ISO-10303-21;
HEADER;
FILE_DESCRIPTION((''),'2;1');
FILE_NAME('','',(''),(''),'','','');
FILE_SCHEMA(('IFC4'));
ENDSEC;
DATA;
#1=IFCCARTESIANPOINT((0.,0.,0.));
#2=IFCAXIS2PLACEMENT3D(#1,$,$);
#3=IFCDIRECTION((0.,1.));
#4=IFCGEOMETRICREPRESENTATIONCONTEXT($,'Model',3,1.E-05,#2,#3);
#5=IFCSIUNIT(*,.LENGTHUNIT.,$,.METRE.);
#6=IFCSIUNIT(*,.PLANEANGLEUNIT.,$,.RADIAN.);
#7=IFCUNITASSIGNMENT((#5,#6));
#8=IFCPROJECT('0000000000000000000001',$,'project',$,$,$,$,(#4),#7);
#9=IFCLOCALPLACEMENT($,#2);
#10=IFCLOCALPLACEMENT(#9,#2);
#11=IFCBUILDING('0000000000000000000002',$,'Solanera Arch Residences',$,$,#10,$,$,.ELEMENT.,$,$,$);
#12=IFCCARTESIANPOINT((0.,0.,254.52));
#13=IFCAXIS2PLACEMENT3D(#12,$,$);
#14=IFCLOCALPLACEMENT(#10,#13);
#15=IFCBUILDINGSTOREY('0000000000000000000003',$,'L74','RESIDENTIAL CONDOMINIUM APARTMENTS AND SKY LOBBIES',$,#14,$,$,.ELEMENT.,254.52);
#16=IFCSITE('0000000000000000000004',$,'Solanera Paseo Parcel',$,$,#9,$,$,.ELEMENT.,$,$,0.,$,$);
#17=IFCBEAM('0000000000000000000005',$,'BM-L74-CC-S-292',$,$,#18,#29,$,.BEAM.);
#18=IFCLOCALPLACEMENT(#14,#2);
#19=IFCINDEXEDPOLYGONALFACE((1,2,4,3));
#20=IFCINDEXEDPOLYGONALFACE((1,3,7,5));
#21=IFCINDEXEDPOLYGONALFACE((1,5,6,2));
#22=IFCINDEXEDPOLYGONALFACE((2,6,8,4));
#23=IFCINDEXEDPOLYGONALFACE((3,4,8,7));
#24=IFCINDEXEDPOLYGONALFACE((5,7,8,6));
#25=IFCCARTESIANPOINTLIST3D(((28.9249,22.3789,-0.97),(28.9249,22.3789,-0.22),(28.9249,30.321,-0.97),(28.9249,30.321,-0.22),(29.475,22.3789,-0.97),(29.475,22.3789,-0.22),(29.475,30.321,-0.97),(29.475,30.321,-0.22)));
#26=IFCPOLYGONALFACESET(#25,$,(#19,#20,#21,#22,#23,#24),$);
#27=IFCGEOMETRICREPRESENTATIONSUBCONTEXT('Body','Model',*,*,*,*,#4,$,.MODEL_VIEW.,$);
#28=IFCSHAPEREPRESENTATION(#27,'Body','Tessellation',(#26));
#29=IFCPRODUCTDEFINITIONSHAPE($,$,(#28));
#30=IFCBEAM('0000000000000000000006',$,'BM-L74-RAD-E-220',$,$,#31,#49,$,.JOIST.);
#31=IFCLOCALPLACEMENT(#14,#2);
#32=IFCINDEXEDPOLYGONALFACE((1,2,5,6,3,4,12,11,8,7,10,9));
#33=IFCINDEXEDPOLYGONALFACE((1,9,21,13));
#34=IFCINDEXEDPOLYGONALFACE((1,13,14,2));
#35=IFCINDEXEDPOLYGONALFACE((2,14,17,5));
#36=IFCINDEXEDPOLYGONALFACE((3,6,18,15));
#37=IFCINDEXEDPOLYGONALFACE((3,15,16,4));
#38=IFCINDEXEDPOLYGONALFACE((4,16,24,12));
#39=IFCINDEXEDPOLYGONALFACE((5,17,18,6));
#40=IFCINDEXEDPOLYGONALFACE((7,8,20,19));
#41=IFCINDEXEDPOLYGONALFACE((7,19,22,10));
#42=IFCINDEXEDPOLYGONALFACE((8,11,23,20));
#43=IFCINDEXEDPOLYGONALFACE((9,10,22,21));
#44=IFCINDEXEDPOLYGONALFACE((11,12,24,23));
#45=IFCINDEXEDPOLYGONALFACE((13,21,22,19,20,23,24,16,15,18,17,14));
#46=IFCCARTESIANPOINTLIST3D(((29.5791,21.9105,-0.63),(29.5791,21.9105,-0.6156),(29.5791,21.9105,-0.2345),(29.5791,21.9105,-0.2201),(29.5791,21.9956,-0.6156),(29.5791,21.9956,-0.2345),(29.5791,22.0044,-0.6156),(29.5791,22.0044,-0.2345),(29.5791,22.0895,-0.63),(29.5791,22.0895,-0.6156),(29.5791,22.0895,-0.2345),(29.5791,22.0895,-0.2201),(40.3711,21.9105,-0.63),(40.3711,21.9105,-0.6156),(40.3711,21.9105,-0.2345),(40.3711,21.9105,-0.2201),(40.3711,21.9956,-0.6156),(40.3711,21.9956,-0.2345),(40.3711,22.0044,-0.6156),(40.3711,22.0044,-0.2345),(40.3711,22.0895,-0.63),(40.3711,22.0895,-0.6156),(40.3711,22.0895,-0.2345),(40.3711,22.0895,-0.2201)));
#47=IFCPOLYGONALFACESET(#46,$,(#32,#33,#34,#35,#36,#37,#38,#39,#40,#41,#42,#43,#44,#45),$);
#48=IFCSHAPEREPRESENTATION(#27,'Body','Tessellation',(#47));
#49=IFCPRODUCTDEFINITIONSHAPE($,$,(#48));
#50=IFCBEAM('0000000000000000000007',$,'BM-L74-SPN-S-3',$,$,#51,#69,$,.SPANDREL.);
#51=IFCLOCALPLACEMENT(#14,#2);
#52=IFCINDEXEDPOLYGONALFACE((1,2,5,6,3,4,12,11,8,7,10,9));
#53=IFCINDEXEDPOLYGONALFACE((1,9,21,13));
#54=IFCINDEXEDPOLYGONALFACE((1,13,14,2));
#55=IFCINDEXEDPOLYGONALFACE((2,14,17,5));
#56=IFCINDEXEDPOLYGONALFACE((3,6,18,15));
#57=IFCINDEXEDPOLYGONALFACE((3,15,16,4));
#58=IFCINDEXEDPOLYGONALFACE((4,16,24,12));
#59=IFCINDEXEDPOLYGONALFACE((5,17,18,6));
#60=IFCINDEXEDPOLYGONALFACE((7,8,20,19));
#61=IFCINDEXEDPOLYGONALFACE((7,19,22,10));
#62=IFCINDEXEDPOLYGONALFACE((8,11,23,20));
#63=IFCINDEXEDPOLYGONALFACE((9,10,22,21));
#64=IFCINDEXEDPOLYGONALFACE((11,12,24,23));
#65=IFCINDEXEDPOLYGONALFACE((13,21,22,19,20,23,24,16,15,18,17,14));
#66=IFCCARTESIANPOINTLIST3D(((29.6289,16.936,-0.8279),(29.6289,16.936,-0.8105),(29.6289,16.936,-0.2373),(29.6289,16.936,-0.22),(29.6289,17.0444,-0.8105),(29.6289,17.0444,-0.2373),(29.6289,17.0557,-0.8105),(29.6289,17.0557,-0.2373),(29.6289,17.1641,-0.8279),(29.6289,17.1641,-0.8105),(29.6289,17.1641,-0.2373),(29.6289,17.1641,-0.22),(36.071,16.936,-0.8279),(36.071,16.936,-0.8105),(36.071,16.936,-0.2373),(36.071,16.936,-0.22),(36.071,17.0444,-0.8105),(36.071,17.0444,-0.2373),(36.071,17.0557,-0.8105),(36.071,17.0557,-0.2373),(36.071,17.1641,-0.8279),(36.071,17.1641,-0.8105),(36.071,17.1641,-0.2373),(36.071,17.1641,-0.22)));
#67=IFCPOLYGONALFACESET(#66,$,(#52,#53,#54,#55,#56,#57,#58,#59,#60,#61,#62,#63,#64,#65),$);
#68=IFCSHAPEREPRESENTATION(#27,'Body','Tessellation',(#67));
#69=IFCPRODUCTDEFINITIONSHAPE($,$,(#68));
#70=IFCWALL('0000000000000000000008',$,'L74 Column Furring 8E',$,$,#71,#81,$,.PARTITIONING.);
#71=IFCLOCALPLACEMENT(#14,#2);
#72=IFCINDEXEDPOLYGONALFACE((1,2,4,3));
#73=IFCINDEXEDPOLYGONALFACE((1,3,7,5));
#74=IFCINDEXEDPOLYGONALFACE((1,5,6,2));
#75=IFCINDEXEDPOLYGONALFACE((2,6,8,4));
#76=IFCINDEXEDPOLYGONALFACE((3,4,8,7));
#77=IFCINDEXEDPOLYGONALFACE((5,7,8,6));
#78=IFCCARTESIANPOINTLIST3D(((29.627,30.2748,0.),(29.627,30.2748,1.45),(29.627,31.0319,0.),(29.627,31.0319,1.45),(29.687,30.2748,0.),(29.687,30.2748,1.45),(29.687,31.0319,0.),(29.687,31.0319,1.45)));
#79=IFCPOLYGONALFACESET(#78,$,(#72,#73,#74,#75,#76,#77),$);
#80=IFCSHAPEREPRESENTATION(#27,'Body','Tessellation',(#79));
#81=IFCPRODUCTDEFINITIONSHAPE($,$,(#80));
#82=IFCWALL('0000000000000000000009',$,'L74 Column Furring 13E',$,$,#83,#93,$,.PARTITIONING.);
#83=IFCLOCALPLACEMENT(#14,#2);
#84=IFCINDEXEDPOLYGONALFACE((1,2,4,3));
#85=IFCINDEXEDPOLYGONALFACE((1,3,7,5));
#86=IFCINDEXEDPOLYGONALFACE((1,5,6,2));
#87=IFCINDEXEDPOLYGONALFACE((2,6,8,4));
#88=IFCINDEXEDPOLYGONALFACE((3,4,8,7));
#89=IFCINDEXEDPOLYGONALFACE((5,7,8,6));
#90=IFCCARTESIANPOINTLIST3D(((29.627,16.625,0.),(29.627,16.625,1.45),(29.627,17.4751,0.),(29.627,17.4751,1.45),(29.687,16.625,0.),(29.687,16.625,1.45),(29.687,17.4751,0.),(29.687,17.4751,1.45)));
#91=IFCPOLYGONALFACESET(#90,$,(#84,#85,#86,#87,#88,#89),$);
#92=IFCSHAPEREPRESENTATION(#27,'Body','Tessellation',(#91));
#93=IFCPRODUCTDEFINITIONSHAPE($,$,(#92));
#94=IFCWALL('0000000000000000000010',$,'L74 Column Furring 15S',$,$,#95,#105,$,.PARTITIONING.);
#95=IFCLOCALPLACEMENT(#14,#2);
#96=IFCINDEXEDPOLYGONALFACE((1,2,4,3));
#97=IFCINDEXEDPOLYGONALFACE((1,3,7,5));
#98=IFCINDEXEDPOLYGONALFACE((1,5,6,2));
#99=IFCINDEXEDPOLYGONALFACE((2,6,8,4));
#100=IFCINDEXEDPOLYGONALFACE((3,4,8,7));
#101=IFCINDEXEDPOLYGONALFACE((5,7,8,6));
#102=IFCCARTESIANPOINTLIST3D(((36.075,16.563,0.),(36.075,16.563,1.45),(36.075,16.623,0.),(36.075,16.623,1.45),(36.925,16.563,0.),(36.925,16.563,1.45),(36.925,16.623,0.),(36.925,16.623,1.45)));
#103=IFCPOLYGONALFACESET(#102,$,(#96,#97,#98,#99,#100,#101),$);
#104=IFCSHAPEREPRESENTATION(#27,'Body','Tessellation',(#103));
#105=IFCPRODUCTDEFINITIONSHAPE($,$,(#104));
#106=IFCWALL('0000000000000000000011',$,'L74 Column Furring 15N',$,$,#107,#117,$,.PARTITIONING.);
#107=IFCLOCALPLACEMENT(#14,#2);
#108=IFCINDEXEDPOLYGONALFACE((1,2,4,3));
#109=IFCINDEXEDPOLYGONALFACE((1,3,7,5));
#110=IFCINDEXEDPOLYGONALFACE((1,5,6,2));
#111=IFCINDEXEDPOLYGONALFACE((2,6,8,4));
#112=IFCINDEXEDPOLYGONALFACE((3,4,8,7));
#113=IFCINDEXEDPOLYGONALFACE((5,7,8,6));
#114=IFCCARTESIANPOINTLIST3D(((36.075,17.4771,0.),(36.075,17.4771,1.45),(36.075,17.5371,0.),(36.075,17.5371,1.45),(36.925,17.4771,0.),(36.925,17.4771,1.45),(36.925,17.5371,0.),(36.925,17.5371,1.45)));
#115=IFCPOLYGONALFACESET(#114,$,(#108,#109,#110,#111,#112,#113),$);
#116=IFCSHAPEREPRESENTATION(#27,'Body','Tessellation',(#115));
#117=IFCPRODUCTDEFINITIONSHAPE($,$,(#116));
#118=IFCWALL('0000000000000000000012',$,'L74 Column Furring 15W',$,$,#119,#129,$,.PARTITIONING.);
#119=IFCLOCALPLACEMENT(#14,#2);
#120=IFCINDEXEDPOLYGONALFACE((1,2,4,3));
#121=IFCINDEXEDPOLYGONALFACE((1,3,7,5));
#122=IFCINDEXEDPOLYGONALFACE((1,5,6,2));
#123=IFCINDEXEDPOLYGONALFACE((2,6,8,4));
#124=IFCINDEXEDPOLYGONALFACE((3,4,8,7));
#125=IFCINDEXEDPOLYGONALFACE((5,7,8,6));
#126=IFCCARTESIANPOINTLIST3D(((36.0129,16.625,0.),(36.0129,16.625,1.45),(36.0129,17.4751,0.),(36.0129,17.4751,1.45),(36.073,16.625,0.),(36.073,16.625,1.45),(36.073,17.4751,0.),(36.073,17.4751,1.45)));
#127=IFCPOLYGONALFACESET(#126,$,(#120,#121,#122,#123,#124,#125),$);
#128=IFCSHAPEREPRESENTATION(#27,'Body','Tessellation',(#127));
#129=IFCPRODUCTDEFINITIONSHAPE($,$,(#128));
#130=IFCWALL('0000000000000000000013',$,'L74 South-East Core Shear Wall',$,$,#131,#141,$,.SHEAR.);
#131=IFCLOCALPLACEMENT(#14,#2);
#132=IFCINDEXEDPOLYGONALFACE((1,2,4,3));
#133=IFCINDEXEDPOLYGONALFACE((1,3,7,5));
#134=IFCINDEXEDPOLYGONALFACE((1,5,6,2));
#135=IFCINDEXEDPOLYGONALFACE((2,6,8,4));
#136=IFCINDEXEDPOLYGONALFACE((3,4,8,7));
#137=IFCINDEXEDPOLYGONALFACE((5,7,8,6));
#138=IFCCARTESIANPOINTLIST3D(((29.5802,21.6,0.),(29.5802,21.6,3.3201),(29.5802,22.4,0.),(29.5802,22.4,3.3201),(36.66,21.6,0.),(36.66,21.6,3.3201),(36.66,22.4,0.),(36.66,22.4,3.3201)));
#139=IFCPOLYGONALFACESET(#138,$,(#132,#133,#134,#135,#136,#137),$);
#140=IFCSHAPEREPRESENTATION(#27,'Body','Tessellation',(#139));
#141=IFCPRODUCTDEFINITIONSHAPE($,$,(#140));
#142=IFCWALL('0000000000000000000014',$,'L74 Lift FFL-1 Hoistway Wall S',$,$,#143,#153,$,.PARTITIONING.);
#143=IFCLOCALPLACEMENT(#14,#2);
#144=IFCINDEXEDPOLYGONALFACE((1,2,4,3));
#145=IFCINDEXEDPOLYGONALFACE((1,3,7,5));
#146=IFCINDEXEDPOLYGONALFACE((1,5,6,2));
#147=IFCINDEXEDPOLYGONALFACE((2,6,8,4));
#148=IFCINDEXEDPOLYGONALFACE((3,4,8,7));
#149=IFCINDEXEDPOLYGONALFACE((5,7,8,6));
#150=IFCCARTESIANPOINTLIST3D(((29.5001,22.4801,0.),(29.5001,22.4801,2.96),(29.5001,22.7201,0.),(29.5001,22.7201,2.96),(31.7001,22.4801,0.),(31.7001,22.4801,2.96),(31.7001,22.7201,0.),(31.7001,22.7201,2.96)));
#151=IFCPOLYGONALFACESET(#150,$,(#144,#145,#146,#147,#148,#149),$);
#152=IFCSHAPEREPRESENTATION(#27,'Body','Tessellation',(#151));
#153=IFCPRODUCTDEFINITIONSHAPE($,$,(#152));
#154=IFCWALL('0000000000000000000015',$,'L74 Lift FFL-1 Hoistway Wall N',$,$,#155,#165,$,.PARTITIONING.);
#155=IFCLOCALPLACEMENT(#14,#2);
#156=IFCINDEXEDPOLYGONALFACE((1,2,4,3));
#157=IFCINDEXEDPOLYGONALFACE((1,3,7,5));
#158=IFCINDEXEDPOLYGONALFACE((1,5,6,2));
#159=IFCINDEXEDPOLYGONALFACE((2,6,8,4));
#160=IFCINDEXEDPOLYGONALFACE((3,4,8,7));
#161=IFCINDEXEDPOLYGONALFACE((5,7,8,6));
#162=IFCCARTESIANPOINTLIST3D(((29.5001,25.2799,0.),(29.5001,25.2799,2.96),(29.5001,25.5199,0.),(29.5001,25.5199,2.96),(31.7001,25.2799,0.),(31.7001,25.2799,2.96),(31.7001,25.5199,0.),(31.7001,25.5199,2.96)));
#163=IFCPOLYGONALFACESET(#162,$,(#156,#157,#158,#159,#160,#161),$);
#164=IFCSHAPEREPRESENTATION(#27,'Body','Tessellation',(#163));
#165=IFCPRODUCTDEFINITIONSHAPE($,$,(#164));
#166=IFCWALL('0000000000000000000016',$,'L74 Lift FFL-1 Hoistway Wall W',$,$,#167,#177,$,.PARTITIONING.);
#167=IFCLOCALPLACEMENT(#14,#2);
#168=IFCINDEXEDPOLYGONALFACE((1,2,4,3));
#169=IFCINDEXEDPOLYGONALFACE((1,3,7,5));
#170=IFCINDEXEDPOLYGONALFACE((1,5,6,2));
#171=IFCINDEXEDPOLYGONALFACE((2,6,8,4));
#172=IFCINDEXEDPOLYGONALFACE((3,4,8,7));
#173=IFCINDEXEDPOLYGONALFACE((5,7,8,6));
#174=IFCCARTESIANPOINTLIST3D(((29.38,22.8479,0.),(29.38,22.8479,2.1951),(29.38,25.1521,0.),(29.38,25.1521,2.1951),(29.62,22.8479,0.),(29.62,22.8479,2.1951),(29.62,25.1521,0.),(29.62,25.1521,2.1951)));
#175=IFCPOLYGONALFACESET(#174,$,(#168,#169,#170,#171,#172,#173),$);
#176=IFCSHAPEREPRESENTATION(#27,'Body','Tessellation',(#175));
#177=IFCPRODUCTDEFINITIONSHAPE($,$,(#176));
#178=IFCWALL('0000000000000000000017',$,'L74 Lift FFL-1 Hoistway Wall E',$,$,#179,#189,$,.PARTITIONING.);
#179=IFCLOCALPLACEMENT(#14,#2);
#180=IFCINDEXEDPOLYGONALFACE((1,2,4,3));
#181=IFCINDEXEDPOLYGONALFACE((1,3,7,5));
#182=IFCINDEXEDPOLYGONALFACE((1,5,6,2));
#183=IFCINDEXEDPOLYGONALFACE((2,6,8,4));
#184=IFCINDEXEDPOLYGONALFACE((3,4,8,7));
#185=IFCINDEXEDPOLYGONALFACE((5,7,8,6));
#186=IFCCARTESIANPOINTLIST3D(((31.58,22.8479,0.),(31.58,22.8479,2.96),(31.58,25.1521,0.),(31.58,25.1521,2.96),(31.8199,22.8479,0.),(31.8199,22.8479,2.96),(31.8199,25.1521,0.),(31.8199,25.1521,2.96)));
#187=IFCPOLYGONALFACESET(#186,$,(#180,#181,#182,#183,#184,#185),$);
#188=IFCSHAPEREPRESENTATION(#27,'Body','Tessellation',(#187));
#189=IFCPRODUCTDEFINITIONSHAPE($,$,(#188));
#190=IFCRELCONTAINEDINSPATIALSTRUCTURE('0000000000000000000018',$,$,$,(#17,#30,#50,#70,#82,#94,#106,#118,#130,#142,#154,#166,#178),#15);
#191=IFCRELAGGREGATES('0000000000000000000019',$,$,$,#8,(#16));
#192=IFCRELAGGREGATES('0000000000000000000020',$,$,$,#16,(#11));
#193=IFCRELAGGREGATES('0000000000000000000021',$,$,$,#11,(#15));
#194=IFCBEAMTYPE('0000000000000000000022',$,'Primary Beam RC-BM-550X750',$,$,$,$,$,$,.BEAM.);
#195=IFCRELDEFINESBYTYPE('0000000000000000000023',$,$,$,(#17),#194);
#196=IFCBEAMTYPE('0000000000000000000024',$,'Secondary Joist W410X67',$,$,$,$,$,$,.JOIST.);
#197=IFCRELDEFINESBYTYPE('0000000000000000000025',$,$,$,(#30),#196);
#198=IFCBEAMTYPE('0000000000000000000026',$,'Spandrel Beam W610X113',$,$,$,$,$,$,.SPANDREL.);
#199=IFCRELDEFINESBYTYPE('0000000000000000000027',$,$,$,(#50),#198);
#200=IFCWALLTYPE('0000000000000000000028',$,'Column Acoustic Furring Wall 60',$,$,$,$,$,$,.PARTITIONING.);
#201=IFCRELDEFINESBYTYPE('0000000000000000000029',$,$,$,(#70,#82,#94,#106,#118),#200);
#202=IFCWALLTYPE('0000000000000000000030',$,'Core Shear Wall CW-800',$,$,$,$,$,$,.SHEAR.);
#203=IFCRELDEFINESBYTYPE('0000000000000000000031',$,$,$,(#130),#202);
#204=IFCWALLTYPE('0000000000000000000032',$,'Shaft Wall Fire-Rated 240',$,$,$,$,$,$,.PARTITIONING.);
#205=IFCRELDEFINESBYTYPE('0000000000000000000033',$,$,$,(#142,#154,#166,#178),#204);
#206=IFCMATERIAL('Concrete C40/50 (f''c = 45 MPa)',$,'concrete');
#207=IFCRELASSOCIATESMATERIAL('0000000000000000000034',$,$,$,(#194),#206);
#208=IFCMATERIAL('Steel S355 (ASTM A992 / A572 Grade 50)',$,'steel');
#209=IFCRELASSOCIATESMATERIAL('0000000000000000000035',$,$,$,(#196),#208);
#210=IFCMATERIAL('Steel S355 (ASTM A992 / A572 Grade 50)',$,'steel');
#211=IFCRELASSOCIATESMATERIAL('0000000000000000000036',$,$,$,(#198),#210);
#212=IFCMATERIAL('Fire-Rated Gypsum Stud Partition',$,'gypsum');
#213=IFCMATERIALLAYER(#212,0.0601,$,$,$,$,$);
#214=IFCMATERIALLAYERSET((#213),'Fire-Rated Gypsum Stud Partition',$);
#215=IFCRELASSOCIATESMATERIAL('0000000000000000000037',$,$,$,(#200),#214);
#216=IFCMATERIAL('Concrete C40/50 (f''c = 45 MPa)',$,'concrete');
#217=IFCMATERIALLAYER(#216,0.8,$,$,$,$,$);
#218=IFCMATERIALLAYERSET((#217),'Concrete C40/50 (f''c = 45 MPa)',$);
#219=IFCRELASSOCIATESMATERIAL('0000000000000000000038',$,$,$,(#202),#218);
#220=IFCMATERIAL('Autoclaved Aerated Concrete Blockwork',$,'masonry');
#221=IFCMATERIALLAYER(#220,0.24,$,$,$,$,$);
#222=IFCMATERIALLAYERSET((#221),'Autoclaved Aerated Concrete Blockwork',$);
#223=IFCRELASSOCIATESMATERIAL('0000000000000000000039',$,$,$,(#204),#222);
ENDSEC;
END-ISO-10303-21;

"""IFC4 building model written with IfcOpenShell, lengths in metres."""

from ifc_helpers import new_model, si_unit, direction, frame, frame_2d, origin, origin_2d, place, context, subcontext, project, spatial, rectangle, i_section, extrude, material, layer, layer_set, material_profile, profile_set, type_object, element, save


model = new_model("IFC4")

# Units and contexts
model_context = context("Model", 3, precision=1e-05, world=origin(), true_north=direction((0.0, 1.0)))
body_context = subcontext(model_context, "Body", "Model", "MODEL_VIEW")
ifc_project = project(units=[si_unit("LENGTHUNIT", "METRE"), si_unit("PLANEANGLEUNIT", "RADIAN")], contexts=[model_context])

# Site, building, storey
site_placement = place(None, origin())
site = spatial("IfcSite", under=ifc_project, at=site_placement, Name="Solanera Paseo Parcel", CompositionType="ELEMENT", RefElevation=0.0)
building_placement = place(site_placement, origin())
building = spatial("IfcBuilding", under=site, at=building_placement, Name="Solanera Arch Residences", CompositionType="ELEMENT")
storey_placement = place(building_placement, frame((0.0, 0.0, 254.52)))
storey = spatial("IfcBuildingStorey", under=building, at=storey_placement, Name="L74", Description="RESIDENTIAL CONDOMINIUM APARTMENTS AND SKY LOBBIES", CompositionType="ELEMENT", Elevation=254.52)

# Beams
ifc_material_1 = material(Name="Concrete C40/50 (f'c = 45 MPa)", Category="concrete")
ifc_material_profile_1 = material_profile(ifc_material_1, rectangle(XDim=0.55, YDim=0.75, at=origin_2d()))
ifc_profile_set_1 = profile_set([ifc_material_profile_1], Name="Concrete C40/50 (f'c = 45 MPa)")
beam_type_1 = type_object("IfcBeamType", Name="Primary Beam RC-BM-550X750", PredefinedType="BEAM", material=ifc_profile_set_1)
beam_1_placement = place(storey_placement, frame((29.2, 22.3789, -0.595), z_axis=(0.0, 1.0, 0.0), x_axis=(-1.0, 0.0, 0.0)))
element("IfcBeam", 1, at=beam_1_placement, inside=storey, type_object=beam_type_1, Name="BM-L74-CC-S-292", PredefinedType="BEAM", context=body_context, shape_type="SweptSolid", body=[
    extrude(rectangle(XDim=0.55, YDim=0.75, at=origin_2d()), origin(), (0.0, 0.0, 1.0), 7.9421),
])
ifc_material_2 = material(Name="Steel S355 (ASTM A992 / A572 Grade 50)", Category="steel")
ifc_material_profile_2 = material_profile(ifc_material_2, i_section(OverallWidth=0.179, OverallDepth=0.4099, WebThickness=0.0088, FlangeThickness=0.0144, at=origin_2d()))
ifc_profile_set_2 = profile_set([ifc_material_profile_2], Name="Steel S355 (ASTM A992 / A572 Grade 50)")
beam_type_2 = type_object("IfcBeamType", Name="Secondary Joist W410X67", PredefinedType="JOIST", material=ifc_profile_set_2)
beam_2_placement = place(storey_placement, frame((29.5791, 22.0, -0.425), z_axis=(1.0, 0.0, 0.0), x_axis=(0.0, 1.0, 0.0)))
element("IfcBeam", 2, at=beam_2_placement, inside=storey, type_object=beam_type_2, Name="BM-L74-RAD-E-220", PredefinedType="JOIST", context=body_context, shape_type="SweptSolid", body=[
    extrude(i_section(OverallWidth=0.179, OverallDepth=0.4099, WebThickness=0.0088, FlangeThickness=0.0144, at=origin_2d()), origin(), (0.0, 0.0, 1.0), 10.792),
])
ifc_material_3 = material(Name="Steel S355 (ASTM A992 / A572 Grade 50)", Category="steel")
ifc_material_profile_3 = material_profile(ifc_material_3, i_section(OverallWidth=0.228, OverallDepth=0.6079, WebThickness=0.0112, FlangeThickness=0.0173, at=origin_2d()))
ifc_profile_set_3 = profile_set([ifc_material_profile_3], Name="Steel S355 (ASTM A992 / A572 Grade 50)")
beam_type_3 = type_object("IfcBeamType", Name="Spandrel Beam W610X113", PredefinedType="SPANDREL", material=ifc_profile_set_3)
beam_3_placement = place(storey_placement, frame((29.6289, 17.05, -0.5239), z_axis=(1.0, 0.0, 0.0), x_axis=(0.0, 1.0, 0.0)))
element("IfcBeam", 3, at=beam_3_placement, inside=storey, type_object=beam_type_3, Name="BM-L74-SPN-S-3", PredefinedType="SPANDREL", context=body_context, shape_type="SweptSolid", body=[
    extrude(i_section(OverallWidth=0.228, OverallDepth=0.6079, WebThickness=0.0112, FlangeThickness=0.0173, at=origin_2d()), origin(), (0.0, 0.0, 1.0), 6.4421),
])

# Walls
ifc_material_4 = material(Name="Fire-Rated Gypsum Stud Partition", Category="gypsum")
ifc_layer_1 = layer(ifc_material_4, 0.0601)
ifc_layer_set_1 = layer_set([ifc_layer_1], Name="Fire-Rated Gypsum Stud Partition")
wall_type_1 = type_object("IfcWallType", Name="Column Acoustic Furring Wall 60", PredefinedType="PARTITIONING", material=ifc_layer_set_1)
wall_1_placement = place(storey_placement, frame((29.657, 30.2749, 0.0), z_axis=(0.0, 0.0, 1.0), x_axis=(0.0, 1.0, 0.0)))
element("IfcWall", 4, at=wall_1_placement, inside=storey, type_object=wall_type_1, Name="L74 Column Furring 8E", PredefinedType="PARTITIONING", context=body_context, shape_type="SweptSolid", body=[
    extrude(rectangle(XDim=0.7571, YDim=0.0601, at=frame_2d((0.3784, 0.0))), origin(), (0.0, 0.0, 1.0), 1.45),
])
for number, where, z_axis, x_axis, name in (
    (5, (29.657, 16.625, 0.0), (0.0, 0.0, 1.0), (0.0, 1.0, 0.0), "L74 Column Furring 13E"),
    (6, (36.075, 16.593, 0.0), (0.0, 0.0, 1.0), (1.0, 0.0, 0.0), "L74 Column Furring 15S"),
    (7, (36.075, 17.5071, 0.0), (0.0, 0.0, 1.0), (1.0, 0.0, 0.0), "L74 Column Furring 15N"),
    (8, (36.043, 16.625, 0.0), (0.0, 0.0, 1.0), (0.0, 1.0, 0.0), "L74 Column Furring 15W"),
):
    element("IfcWall", number, at=place(storey_placement, frame(where, z_axis=z_axis, x_axis=x_axis)), inside=storey, type_object=wall_type_1, Name=name, PredefinedType="PARTITIONING", context=body_context, shape_type="SweptSolid", body=[
        extrude(rectangle(XDim=0.8501, YDim=0.0601, at=frame_2d((0.425, 0.0))), origin(), (0.0, 0.0, 1.0), 1.45),
    ])
ifc_material_5 = material(Name="Concrete C40/50 (f'c = 45 MPa)", Category="concrete")
ifc_layer_2 = layer(ifc_material_5, 0.8)
ifc_layer_set_2 = layer_set([ifc_layer_2], Name="Concrete C40/50 (f'c = 45 MPa)")
wall_type_2 = type_object("IfcWallType", Name="Core Shear Wall CW-800", PredefinedType="SHEAR", material=ifc_layer_set_2)
wall_2_placement = place(storey_placement, frame((29.5801, 22.0, 0.0), z_axis=(0.0, 0.0, 1.0), x_axis=(1.0, 0.0, 0.0)))
element("IfcWall", 9, at=wall_2_placement, inside=storey, type_object=wall_type_2, Name="L74 South-East Core Shear Wall", PredefinedType="SHEAR", context=body_context, shape_type="SweptSolid", body=[
    extrude(rectangle(XDim=7.0798, YDim=0.8, at=frame_2d((3.54, 0.0))), origin(), (0.0, 0.0, 1.0), 3.3201),
])
ifc_material_6 = material(Name="Autoclaved Aerated Concrete Blockwork", Category="masonry")
ifc_layer_3 = layer(ifc_material_6, 0.24)
ifc_layer_set_3 = layer_set([ifc_layer_3], Name="Autoclaved Aerated Concrete Blockwork")
wall_type_3 = type_object("IfcWallType", Name="Shaft Wall Fire-Rated 240", PredefinedType="PARTITIONING", material=ifc_layer_set_3)
for number, where, z_axis, x_axis, name in (
    (10, (29.5, 22.6001, 0.0), (0.0, 0.0, 1.0), (1.0, 0.0, 0.0), "L74 Lift FFL-1 Hoistway Wall S"),
    (11, (29.5, 25.3999, 0.0), (0.0, 0.0, 1.0), (1.0, 0.0, 0.0), "L74 Lift FFL-1 Hoistway Wall N"),
):
    element("IfcWall", number, at=place(storey_placement, frame(where, z_axis=z_axis, x_axis=x_axis)), inside=storey, type_object=wall_type_3, Name=name, PredefinedType="PARTITIONING", context=body_context, shape_type="SweptSolid", body=[
        extrude(rectangle(XDim=2.2, YDim=0.24, at=frame_2d((1.1001, 0.0))), origin(), (0.0, 0.0, 1.0), 2.96),
    ])
wall_3_placement = place(storey_placement, frame((29.5, 22.8479, 0.0), z_axis=(0.0, 0.0, 1.0), x_axis=(0.0, 1.0, 0.0)))
element("IfcWall", 12, at=wall_3_placement, inside=storey, type_object=wall_type_3, Name="L74 Lift FFL-1 Hoistway Wall W", PredefinedType="PARTITIONING", context=body_context, shape_type="SweptSolid", body=[
    extrude(rectangle(XDim=2.3042, YDim=0.24, at=frame_2d((1.1521, 0.0))), origin(), (0.0, 0.0, 1.0), 2.1951),
])
wall_4_placement = place(storey_placement, frame((31.7, 22.8479, 0.0), z_axis=(0.0, 0.0, 1.0), x_axis=(0.0, 1.0, 0.0)))
element("IfcWall", 13, at=wall_4_placement, inside=storey, type_object=wall_type_3, Name="L74 Lift FFL-1 Hoistway Wall E", PredefinedType="PARTITIONING", context=body_context, shape_type="SweptSolid", body=[
    extrude(rectangle(XDim=2.3042, YDim=0.24, at=frame_2d((1.1521, 0.0))), origin(), (0.0, 0.0, 1.0), 2.96),
])

save(model, "model.ifc")
